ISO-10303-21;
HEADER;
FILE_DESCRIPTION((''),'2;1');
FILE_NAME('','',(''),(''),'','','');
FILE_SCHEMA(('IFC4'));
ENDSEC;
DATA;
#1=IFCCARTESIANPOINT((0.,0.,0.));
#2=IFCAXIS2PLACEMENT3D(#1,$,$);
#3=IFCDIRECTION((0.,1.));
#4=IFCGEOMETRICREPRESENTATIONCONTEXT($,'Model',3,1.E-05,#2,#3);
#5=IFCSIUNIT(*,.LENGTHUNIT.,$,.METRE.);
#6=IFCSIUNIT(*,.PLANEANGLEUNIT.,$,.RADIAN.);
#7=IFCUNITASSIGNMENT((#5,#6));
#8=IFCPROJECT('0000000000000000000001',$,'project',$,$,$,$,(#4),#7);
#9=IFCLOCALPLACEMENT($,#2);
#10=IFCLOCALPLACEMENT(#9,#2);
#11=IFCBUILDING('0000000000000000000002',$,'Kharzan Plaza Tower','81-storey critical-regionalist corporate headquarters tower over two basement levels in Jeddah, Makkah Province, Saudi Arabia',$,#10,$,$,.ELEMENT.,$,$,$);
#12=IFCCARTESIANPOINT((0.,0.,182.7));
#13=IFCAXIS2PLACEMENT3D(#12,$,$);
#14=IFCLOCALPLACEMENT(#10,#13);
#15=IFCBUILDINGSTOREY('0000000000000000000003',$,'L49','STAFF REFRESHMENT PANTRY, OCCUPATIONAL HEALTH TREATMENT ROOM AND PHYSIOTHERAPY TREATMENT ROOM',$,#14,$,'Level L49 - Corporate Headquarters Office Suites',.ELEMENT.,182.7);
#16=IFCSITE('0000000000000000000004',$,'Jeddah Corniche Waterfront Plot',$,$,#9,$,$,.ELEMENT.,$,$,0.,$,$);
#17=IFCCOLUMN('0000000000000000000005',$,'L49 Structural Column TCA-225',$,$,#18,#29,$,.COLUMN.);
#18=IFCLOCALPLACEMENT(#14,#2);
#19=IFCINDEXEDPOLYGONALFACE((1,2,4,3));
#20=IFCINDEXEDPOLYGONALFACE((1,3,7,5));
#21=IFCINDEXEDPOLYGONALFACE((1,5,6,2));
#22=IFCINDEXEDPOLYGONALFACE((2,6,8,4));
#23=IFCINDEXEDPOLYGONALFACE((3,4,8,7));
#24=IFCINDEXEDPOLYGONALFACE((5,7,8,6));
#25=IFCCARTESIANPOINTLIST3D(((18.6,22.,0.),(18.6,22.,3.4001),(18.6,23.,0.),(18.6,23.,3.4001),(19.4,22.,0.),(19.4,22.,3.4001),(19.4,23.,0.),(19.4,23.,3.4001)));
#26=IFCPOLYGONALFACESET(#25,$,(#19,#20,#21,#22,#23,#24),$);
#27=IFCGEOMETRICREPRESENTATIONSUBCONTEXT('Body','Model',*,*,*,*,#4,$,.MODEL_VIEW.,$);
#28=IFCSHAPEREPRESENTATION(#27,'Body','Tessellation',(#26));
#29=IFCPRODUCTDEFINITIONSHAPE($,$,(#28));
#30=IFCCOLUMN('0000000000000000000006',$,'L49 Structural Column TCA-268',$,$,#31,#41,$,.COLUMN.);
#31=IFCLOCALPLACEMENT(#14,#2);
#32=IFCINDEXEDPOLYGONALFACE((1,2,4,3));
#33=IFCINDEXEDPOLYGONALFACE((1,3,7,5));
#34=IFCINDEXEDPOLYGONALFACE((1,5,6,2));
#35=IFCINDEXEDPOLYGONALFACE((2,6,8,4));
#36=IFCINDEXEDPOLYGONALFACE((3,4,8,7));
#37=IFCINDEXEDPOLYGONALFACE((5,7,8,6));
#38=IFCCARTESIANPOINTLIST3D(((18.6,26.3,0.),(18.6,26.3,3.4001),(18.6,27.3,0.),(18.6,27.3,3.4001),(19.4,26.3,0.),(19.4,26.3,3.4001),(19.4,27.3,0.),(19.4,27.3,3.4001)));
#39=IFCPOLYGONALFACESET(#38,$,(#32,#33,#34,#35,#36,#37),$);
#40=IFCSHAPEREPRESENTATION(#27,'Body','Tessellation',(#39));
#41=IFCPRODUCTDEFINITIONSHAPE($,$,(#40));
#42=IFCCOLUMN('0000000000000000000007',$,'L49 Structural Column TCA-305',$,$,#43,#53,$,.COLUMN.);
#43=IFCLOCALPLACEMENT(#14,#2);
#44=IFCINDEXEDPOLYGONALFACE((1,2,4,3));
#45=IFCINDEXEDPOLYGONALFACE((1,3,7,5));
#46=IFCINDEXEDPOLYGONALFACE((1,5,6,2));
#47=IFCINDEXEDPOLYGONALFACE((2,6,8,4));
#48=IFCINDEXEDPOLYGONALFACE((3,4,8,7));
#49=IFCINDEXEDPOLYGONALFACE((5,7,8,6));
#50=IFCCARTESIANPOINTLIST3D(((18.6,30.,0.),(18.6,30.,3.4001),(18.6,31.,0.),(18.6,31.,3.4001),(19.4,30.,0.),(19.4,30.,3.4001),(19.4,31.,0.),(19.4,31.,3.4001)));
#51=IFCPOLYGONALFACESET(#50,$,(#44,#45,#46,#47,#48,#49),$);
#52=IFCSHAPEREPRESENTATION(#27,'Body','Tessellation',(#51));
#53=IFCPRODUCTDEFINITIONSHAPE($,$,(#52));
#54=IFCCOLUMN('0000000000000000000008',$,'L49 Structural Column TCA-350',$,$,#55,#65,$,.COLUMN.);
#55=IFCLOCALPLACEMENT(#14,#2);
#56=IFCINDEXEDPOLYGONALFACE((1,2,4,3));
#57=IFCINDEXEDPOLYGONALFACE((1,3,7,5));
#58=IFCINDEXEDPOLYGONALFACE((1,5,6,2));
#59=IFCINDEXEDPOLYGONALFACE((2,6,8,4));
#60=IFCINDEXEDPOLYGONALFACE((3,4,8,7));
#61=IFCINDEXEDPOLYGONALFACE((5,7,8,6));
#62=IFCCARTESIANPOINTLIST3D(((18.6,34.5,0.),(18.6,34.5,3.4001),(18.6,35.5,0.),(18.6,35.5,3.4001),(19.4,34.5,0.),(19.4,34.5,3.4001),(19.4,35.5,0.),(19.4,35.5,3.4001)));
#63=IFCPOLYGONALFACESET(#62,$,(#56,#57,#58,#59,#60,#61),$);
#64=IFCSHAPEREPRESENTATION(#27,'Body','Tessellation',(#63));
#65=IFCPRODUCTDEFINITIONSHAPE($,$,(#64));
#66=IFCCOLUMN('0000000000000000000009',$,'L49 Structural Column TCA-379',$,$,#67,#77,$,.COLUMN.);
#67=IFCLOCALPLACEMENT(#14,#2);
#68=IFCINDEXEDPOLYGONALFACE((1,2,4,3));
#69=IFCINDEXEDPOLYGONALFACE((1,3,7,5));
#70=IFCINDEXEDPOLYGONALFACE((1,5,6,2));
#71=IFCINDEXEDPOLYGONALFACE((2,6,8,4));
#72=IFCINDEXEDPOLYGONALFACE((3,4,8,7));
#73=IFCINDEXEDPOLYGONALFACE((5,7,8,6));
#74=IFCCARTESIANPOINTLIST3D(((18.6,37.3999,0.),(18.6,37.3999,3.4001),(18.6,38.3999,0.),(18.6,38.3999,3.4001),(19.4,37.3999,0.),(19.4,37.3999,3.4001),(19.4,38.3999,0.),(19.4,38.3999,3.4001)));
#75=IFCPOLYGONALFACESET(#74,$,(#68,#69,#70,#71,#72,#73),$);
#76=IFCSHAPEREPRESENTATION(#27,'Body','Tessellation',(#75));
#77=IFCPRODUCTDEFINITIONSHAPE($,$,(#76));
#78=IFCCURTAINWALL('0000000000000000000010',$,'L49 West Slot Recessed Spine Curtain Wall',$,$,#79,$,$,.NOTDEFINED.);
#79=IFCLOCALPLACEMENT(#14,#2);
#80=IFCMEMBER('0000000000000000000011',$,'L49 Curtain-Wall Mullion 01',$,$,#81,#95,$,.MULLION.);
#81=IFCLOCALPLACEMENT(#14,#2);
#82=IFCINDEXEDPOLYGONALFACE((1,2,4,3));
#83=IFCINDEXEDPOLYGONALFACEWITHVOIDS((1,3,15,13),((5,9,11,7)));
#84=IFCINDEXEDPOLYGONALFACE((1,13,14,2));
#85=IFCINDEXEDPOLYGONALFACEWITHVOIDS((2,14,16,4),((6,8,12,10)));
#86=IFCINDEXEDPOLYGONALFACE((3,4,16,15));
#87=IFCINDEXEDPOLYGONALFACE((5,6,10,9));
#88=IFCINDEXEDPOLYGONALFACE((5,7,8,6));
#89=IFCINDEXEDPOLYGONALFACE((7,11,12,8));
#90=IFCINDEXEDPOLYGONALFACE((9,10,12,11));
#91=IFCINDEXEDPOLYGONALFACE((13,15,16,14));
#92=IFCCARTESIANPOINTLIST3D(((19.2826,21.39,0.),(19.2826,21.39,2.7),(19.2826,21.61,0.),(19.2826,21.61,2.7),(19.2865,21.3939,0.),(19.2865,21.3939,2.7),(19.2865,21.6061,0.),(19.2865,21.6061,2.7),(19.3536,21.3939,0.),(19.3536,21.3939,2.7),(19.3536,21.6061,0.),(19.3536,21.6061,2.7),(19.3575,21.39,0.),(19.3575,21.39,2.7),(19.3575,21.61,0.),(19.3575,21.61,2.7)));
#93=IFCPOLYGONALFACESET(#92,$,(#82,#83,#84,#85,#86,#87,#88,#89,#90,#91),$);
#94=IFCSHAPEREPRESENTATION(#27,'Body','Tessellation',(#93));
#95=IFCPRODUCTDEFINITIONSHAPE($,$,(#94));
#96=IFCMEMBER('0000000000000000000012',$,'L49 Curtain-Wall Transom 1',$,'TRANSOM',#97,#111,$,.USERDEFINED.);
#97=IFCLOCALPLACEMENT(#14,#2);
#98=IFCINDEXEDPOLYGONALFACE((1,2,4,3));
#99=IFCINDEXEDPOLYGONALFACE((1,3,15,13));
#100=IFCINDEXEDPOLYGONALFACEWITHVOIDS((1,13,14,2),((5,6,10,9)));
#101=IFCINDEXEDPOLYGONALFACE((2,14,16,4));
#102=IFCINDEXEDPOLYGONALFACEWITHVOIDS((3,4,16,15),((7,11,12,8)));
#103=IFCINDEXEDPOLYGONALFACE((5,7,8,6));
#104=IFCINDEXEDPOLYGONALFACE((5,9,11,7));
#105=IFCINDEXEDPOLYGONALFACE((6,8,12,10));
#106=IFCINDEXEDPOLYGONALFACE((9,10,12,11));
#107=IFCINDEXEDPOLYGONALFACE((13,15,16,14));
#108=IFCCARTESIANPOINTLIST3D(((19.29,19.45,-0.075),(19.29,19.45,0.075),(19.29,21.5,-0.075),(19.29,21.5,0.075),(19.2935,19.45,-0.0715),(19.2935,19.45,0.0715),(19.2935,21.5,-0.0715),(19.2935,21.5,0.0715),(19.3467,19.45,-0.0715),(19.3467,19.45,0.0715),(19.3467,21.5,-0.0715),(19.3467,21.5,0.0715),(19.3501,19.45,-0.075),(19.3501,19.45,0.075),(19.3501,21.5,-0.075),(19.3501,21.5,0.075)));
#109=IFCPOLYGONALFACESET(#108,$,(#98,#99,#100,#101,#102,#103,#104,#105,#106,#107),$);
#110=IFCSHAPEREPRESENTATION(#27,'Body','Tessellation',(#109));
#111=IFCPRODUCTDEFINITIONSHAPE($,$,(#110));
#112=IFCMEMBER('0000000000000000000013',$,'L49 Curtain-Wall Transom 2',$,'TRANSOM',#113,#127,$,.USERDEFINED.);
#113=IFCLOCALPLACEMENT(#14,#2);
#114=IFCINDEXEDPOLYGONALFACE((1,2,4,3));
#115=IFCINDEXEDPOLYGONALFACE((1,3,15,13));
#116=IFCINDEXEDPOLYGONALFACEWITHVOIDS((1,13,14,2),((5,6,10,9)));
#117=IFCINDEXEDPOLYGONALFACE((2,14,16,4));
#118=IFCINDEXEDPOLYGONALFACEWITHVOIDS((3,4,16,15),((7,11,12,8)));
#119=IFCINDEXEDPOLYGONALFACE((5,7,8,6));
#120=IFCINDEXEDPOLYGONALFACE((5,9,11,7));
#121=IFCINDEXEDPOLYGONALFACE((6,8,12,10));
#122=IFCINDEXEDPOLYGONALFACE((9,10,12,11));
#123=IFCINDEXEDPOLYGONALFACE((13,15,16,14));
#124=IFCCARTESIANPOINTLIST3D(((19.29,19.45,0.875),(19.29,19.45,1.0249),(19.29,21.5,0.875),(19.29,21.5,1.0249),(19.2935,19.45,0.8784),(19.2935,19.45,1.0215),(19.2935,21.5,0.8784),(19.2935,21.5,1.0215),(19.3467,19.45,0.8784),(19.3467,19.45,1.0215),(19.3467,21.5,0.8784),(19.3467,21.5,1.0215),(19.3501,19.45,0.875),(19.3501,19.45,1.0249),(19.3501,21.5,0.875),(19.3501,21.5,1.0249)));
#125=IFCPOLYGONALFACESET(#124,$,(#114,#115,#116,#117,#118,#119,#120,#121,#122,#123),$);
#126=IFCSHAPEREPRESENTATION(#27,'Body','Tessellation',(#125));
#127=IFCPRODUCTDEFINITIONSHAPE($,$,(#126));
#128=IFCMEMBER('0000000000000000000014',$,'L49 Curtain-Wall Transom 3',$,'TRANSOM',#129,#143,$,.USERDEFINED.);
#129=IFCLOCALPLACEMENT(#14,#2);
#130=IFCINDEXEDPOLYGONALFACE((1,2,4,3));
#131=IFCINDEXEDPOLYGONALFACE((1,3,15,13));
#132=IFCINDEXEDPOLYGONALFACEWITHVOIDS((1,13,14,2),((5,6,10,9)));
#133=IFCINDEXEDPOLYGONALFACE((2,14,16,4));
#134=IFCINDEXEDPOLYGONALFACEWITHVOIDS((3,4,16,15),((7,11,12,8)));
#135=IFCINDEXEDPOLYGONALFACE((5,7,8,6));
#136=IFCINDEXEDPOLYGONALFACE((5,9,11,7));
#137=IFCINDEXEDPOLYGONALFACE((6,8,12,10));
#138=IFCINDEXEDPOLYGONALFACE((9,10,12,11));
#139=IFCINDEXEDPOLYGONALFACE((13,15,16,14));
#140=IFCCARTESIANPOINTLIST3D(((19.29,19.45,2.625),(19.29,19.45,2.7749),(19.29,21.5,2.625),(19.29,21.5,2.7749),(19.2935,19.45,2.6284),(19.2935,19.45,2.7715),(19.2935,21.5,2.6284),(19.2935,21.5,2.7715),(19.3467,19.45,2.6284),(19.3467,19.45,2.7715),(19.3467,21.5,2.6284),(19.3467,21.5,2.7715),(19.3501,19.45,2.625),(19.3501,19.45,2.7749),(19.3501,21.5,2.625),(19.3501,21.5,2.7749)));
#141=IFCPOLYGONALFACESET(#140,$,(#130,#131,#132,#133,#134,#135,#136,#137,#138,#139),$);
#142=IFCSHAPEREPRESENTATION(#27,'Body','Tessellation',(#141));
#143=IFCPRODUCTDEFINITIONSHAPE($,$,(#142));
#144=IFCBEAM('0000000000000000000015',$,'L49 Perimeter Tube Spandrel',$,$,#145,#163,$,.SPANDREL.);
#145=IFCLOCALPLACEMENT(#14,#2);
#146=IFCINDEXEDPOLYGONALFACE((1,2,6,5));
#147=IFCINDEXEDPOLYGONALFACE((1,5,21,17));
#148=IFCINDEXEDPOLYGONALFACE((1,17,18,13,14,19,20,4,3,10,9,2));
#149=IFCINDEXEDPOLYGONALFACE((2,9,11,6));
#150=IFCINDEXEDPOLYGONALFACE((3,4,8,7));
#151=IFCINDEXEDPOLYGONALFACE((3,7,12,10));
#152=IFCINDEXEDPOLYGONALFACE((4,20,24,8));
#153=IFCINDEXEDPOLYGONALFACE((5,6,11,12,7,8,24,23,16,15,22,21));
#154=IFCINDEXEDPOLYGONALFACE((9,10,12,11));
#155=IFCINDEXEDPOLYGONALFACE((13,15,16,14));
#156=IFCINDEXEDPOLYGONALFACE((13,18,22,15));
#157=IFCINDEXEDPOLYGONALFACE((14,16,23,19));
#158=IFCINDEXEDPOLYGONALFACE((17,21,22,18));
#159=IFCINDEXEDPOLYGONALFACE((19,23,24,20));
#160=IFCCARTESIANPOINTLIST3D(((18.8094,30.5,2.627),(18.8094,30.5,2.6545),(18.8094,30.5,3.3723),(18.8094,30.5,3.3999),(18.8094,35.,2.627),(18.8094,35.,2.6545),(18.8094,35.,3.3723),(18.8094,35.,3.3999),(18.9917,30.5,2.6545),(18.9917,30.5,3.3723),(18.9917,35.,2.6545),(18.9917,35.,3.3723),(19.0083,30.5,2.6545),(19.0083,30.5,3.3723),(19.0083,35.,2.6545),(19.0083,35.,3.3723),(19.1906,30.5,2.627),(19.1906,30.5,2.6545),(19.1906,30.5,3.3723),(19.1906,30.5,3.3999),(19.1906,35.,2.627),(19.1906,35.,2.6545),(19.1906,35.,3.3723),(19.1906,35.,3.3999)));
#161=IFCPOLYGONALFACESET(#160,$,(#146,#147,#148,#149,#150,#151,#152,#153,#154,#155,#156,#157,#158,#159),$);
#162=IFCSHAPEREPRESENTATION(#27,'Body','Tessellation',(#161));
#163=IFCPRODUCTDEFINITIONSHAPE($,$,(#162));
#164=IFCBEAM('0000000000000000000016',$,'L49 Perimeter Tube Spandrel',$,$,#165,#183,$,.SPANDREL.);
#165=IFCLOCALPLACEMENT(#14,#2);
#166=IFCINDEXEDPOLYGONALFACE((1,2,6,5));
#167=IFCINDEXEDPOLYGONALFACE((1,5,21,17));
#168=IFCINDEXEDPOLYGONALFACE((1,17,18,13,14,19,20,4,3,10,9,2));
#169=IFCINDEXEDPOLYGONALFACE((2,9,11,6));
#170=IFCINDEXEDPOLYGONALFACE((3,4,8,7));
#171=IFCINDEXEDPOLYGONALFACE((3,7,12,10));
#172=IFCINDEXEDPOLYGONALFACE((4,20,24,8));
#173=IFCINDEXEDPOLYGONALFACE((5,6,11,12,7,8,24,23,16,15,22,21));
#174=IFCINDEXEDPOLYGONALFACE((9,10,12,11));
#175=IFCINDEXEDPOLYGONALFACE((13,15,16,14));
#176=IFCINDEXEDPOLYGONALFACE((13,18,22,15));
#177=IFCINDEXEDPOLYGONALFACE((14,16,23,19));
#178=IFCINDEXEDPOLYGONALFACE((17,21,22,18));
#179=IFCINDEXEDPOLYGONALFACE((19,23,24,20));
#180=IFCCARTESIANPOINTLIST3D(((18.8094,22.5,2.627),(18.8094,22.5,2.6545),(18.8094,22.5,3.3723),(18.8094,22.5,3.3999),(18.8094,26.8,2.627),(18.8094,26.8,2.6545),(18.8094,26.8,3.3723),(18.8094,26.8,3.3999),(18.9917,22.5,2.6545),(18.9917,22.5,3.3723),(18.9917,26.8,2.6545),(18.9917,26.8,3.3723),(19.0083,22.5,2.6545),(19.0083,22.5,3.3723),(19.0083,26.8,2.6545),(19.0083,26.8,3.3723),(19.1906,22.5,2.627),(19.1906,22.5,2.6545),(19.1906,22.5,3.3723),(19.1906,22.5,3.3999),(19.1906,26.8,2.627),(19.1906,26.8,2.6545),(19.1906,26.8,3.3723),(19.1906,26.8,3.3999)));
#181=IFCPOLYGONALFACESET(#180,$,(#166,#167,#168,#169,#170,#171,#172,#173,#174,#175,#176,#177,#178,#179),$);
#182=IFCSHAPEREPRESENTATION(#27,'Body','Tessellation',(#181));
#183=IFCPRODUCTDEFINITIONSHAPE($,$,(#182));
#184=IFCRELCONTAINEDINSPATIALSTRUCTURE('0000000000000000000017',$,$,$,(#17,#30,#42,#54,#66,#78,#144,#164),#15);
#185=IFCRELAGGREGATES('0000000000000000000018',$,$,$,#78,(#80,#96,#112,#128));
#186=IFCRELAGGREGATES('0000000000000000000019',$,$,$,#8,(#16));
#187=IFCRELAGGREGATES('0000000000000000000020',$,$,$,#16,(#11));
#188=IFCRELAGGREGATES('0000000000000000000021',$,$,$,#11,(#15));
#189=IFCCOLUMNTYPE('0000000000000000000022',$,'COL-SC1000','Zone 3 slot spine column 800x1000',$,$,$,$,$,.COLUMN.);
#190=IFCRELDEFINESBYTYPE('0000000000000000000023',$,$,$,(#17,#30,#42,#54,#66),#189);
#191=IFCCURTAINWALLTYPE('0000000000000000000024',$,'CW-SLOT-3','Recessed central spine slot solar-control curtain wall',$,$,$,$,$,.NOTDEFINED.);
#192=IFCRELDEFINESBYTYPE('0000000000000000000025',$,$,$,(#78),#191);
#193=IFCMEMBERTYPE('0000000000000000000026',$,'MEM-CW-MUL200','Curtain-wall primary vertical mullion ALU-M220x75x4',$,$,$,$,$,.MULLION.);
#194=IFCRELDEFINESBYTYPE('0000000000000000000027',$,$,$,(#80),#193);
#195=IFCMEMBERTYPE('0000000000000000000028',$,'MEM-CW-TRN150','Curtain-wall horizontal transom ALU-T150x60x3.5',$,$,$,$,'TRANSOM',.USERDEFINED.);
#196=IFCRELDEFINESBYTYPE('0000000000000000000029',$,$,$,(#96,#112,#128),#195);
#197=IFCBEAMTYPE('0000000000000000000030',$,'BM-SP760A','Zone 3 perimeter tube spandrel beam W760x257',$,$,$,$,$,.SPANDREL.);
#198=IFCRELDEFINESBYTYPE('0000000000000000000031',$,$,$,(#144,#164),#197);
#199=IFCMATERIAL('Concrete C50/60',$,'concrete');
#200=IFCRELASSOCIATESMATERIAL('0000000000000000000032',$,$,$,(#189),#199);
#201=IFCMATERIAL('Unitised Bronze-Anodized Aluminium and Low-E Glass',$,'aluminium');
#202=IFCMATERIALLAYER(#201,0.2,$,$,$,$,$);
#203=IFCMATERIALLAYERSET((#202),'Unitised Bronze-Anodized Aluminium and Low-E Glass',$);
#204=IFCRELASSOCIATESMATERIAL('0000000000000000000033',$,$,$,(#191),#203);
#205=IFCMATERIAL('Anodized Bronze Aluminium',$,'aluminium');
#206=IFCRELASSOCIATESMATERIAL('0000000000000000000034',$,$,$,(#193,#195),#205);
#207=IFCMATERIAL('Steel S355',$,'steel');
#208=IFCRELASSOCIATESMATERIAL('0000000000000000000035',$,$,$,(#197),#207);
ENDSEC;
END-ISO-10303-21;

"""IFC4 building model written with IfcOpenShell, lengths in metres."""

from ifc_helpers import new_model, si_unit, direction, frame, origin, origin_2d, place, context, subcontext, project, spatial, rectangle, hollow_rectangle, i_section, extrude, source, transform, mapped, material, layer, layer_set, material_profile, profile_set, type_object, element, aggregate, save


model = new_model("IFC4")

# Units and contexts
model_context = context("Model", 3, precision=1e-05, world=origin(), true_north=direction((0.0, 1.0)))
body_context = subcontext(model_context, "Body", "Model", "MODEL_VIEW")
ifc_project = project(units=[si_unit("LENGTHUNIT", "METRE"), si_unit("PLANEANGLEUNIT", "RADIAN")], contexts=[model_context])

# Site, building, storey
site_placement = place(None, origin())
site = spatial("IfcSite", under=ifc_project, at=site_placement, Name="Jeddah Corniche Waterfront Plot", CompositionType="ELEMENT", RefElevation=0.0)
building_placement = place(site_placement, origin())
building = spatial("IfcBuilding", under=site, at=building_placement, Name="Kharzan Plaza Tower", Description="81-storey critical-regionalist corporate headquarters tower over two basement levels in Jeddah, Makkah Province, Saudi Arabia", CompositionType="ELEMENT")
storey_placement = place(building_placement, frame((0.0, 0.0, 182.7)))
storey = spatial("IfcBuildingStorey", under=building, at=storey_placement, Name="L49", Description="STAFF REFRESHMENT PANTRY, OCCUPATIONAL HEALTH TREATMENT ROOM AND PHYSIOTHERAPY TREATMENT ROOM", LongName="Level L49 - Corporate Headquarters Office Suites", CompositionType="ELEMENT", Elevation=182.7)

# Columns
ifc_material_1 = material(Name="Concrete C50/60", Category="concrete")
ifc_material_profile_1 = material_profile(ifc_material_1, rectangle(XDim=0.8, YDim=1.0, at=origin_2d()), Name="RC-SC1000x800")
ifc_profile_set_1 = profile_set([ifc_material_profile_1], Name="Concrete C50/60")
column_type = type_object("IfcColumnType", Name="COL-SC1000", Description="Zone 3 slot spine column 800x1000", PredefinedType="COLUMN", material=ifc_profile_set_1)
shared_shape_1 = source(origin(), body_context, "Body", "SweptSolid", [
    extrude(rectangle(XDim=0.8, YDim=1.0, at=origin_2d()), origin(), (0.0, 0.0, 1.0), 3.4001),
])
for number, where, z_axis, x_axis, name in (
    (1, (19.0, 22.5, 0.0), (0.0, 0.0, 1.0), (1.0, 0.0, 0.0), "L49 Structural Column TCA-225"),
    (2, (19.0, 26.8, 0.0), (0.0, 0.0, 1.0), (1.0, 0.0, 0.0), "L49 Structural Column TCA-268"),
    (3, (19.0, 30.5, 0.0), (0.0, 0.0, 1.0), (1.0, 0.0, 0.0), "L49 Structural Column TCA-305"),
    (4, (19.0, 35.0, 0.0), (0.0, 0.0, 1.0), (1.0, 0.0, 0.0), "L49 Structural Column TCA-350"),
    (5, (19.0, 37.8999, 0.0), (0.0, 0.0, 1.0), (1.0, 0.0, 0.0), "L49 Structural Column TCA-379"),
):
    element("IfcColumn", number, at=place(storey_placement, frame(where, z_axis=z_axis, x_axis=x_axis)), inside=storey, type_object=column_type, Name=name, PredefinedType="COLUMN", context=body_context, shape_type="MappedRepresentation", body=[
        mapped(shared_shape_1, transform((0.0, 0.0, 0.0), x_axis=(1.0, 0.0, 0.0), y_axis=(0.0, 1.0, 0.0), z_axis=(0.0, 0.0, 1.0))),
    ])

# Curtain wall, members
ifc_material_2 = material(Name="Unitised Bronze-Anodized Aluminium and Low-E Glass", Category="aluminium")
ifc_layer_1 = layer(ifc_material_2, 0.2)
ifc_layer_set_1 = layer_set([ifc_layer_1], Name="Unitised Bronze-Anodized Aluminium and Low-E Glass")
curtain_wall_type = type_object("IfcCurtainWallType", Name="CW-SLOT-3", Description="Recessed central spine slot solar-control curtain wall", PredefinedType="NOTDEFINED", material=ifc_layer_set_1)
curtain_wall_placement = place(storey_placement, origin())
curtain_wall = element("IfcCurtainWall", 6, at=curtain_wall_placement, inside=storey, type_object=curtain_wall_type, Name="L49 West Slot Recessed Spine Curtain Wall", PredefinedType="NOTDEFINED")
ifc_material_3 = material(Name="Anodized Bronze Aluminium", Category="aluminium")
ifc_material_profile_2 = material_profile(ifc_material_3, hollow_rectangle(XDim=0.075, YDim=0.22, WallThickness=0.0039, at=origin_2d()), Name="ALU-M220x75x4")
ifc_profile_set_2 = profile_set([ifc_material_profile_2], Name="Anodized Bronze Aluminium")
member_type_1 = type_object("IfcMemberType", Name="MEM-CW-MUL200", Description="Curtain-wall primary vertical mullion ALU-M220x75x4", PredefinedType="MULLION", material=ifc_profile_set_2)
shared_shape_2 = source(origin(), body_context, "Body", "SweptSolid", [
    extrude(hollow_rectangle(XDim=0.075, YDim=0.22, WallThickness=0.0039, at=origin_2d()), origin(), (0.0, 0.0, 1.0), 2.7),
])
member_1_placement = place(storey_placement, frame((19.3201, 21.5, 0.0), z_axis=(0.0, 0.0, 1.0), x_axis=(1.0, 0.0, 0.0)))
member_1 = element("IfcMember", 7, at=member_1_placement, type_object=member_type_1, Name="L49 Curtain-Wall Mullion 01", PredefinedType="MULLION", context=body_context, shape_type="MappedRepresentation", body=[
    mapped(shared_shape_2, transform((0.0, 0.0, 0.0), x_axis=(1.0, 0.0, 0.0), y_axis=(0.0, 1.0, 0.0), z_axis=(0.0, 0.0, 1.0))),
])
ifc_material_profile_3 = material_profile(ifc_material_3, hollow_rectangle(XDim=0.0601, YDim=0.1499, WallThickness=0.0034, at=origin_2d()), Name="ALU-T150x60x3.5")
ifc_profile_set_3 = profile_set([ifc_material_profile_3], Name="Anodized Bronze Aluminium")
member_type_2 = type_object("IfcMemberType", Name="MEM-CW-TRN150", Description="Curtain-wall horizontal transom ALU-T150x60x3.5", ElementType="TRANSOM", PredefinedType="USERDEFINED", material=ifc_profile_set_3)
shared_shape_3 = source(origin(), body_context, "Body", "SweptSolid", [
    extrude(hollow_rectangle(XDim=0.0601, YDim=0.1499, WallThickness=0.0034, at=origin_2d()), origin(), (0.0, 0.0, 1.0), 2.05),
])
member_2_placement = place(storey_placement, frame((19.3201, 19.45, 0.0), z_axis=(0.0, 1.0, 0.0), x_axis=(-1.0, 0.0, 0.0)))
member_2 = element("IfcMember", 8, at=member_2_placement, type_object=member_type_2, Name="L49 Curtain-Wall Transom 1", ObjectType="TRANSOM", PredefinedType="USERDEFINED", context=body_context, shape_type="MappedRepresentation", body=[
    mapped(shared_shape_3, transform((0.0, 0.0, 0.0), x_axis=(1.0, 0.0, 0.0), y_axis=(0.0, 1.0, 0.0), z_axis=(0.0, 0.0, 1.0))),
])
member_3_placement = place(storey_placement, frame((19.3201, 19.45, 0.95), z_axis=(0.0, 1.0, 0.0), x_axis=(-1.0, 0.0, 0.0)))
member_3 = element("IfcMember", 9, at=member_3_placement, type_object=member_type_2, Name="L49 Curtain-Wall Transom 2", ObjectType="TRANSOM", PredefinedType="USERDEFINED", context=body_context, shape_type="MappedRepresentation", body=[
    mapped(shared_shape_3, transform((0.0, 0.0, 0.0), x_axis=(1.0, 0.0, 0.0), y_axis=(0.0, 1.0, 0.0), z_axis=(0.0, 0.0, 1.0))),
])
member_4_placement = place(storey_placement, frame((19.3201, 19.45, 2.7), z_axis=(0.0, 1.0, 0.0), x_axis=(-1.0, 0.0, 0.0)))
member_4 = element("IfcMember", 10, at=member_4_placement, type_object=member_type_2, Name="L49 Curtain-Wall Transom 3", ObjectType="TRANSOM", PredefinedType="USERDEFINED", context=body_context, shape_type="MappedRepresentation", body=[
    mapped(shared_shape_3, transform((0.0, 0.0, 0.0), x_axis=(1.0, 0.0, 0.0), y_axis=(0.0, 1.0, 0.0), z_axis=(0.0, 0.0, 1.0))),
])

# Beams
ifc_material_4 = material(Name="Steel S355", Category="steel")
ifc_material_profile_4 = material_profile(ifc_material_4, i_section(OverallWidth=0.3811, OverallDepth=0.7729, WebThickness=0.0166, FlangeThickness=0.0276, at=origin_2d()), Name="W760x257")
ifc_profile_set_4 = profile_set([ifc_material_profile_4], Name="Steel S355")
beam_type = type_object("IfcBeamType", Name="BM-SP760A", Description="Zone 3 perimeter tube spandrel beam W760x257", PredefinedType="SPANDREL", material=ifc_profile_set_4)
shared_shape_4 = source(origin(), body_context, "Body", "SweptSolid", [
    extrude(i_section(OverallWidth=0.3811, OverallDepth=0.7729, WebThickness=0.0166, FlangeThickness=0.0276, at=origin_2d()), origin(), (0.0, 0.0, 1.0), 4.5),
])
beam_1_placement = place(storey_placement, frame((19.0, 30.5, 3.0134), z_axis=(0.0, 1.0, 0.0), x_axis=(-1.0, 0.0, 0.0)))
element("IfcBeam", 11, at=beam_1_placement, inside=storey, type_object=beam_type, Name="L49 Perimeter Tube Spandrel", PredefinedType="SPANDREL", context=body_context, shape_type="MappedRepresentation", body=[
    mapped(shared_shape_4, transform((0.0, 0.0, 0.0), x_axis=(1.0, 0.0, 0.0), y_axis=(0.0, 1.0, 0.0), z_axis=(0.0, 0.0, 1.0))),
])
shared_shape_5 = source(origin(), body_context, "Body", "SweptSolid", [
    extrude(i_section(OverallWidth=0.3811, OverallDepth=0.7729, WebThickness=0.0166, FlangeThickness=0.0276, at=origin_2d()), origin(), (0.0, 0.0, 1.0), 4.3),
])
beam_2_placement = place(storey_placement, frame((19.0, 22.5, 3.0134), z_axis=(0.0, 1.0, 0.0), x_axis=(-1.0, 0.0, 0.0)))
element("IfcBeam", 12, at=beam_2_placement, inside=storey, type_object=beam_type, Name="L49 Perimeter Tube Spandrel", PredefinedType="SPANDREL", context=body_context, shape_type="MappedRepresentation", body=[
    mapped(shared_shape_5, transform((0.0, 0.0, 0.0), x_axis=(1.0, 0.0, 0.0), y_axis=(0.0, 1.0, 0.0), z_axis=(0.0, 0.0, 1.0))),
])

aggregate(curtain_wall, [member_1, member_2, member_3, member_4])

save(model, "model.ifc")
